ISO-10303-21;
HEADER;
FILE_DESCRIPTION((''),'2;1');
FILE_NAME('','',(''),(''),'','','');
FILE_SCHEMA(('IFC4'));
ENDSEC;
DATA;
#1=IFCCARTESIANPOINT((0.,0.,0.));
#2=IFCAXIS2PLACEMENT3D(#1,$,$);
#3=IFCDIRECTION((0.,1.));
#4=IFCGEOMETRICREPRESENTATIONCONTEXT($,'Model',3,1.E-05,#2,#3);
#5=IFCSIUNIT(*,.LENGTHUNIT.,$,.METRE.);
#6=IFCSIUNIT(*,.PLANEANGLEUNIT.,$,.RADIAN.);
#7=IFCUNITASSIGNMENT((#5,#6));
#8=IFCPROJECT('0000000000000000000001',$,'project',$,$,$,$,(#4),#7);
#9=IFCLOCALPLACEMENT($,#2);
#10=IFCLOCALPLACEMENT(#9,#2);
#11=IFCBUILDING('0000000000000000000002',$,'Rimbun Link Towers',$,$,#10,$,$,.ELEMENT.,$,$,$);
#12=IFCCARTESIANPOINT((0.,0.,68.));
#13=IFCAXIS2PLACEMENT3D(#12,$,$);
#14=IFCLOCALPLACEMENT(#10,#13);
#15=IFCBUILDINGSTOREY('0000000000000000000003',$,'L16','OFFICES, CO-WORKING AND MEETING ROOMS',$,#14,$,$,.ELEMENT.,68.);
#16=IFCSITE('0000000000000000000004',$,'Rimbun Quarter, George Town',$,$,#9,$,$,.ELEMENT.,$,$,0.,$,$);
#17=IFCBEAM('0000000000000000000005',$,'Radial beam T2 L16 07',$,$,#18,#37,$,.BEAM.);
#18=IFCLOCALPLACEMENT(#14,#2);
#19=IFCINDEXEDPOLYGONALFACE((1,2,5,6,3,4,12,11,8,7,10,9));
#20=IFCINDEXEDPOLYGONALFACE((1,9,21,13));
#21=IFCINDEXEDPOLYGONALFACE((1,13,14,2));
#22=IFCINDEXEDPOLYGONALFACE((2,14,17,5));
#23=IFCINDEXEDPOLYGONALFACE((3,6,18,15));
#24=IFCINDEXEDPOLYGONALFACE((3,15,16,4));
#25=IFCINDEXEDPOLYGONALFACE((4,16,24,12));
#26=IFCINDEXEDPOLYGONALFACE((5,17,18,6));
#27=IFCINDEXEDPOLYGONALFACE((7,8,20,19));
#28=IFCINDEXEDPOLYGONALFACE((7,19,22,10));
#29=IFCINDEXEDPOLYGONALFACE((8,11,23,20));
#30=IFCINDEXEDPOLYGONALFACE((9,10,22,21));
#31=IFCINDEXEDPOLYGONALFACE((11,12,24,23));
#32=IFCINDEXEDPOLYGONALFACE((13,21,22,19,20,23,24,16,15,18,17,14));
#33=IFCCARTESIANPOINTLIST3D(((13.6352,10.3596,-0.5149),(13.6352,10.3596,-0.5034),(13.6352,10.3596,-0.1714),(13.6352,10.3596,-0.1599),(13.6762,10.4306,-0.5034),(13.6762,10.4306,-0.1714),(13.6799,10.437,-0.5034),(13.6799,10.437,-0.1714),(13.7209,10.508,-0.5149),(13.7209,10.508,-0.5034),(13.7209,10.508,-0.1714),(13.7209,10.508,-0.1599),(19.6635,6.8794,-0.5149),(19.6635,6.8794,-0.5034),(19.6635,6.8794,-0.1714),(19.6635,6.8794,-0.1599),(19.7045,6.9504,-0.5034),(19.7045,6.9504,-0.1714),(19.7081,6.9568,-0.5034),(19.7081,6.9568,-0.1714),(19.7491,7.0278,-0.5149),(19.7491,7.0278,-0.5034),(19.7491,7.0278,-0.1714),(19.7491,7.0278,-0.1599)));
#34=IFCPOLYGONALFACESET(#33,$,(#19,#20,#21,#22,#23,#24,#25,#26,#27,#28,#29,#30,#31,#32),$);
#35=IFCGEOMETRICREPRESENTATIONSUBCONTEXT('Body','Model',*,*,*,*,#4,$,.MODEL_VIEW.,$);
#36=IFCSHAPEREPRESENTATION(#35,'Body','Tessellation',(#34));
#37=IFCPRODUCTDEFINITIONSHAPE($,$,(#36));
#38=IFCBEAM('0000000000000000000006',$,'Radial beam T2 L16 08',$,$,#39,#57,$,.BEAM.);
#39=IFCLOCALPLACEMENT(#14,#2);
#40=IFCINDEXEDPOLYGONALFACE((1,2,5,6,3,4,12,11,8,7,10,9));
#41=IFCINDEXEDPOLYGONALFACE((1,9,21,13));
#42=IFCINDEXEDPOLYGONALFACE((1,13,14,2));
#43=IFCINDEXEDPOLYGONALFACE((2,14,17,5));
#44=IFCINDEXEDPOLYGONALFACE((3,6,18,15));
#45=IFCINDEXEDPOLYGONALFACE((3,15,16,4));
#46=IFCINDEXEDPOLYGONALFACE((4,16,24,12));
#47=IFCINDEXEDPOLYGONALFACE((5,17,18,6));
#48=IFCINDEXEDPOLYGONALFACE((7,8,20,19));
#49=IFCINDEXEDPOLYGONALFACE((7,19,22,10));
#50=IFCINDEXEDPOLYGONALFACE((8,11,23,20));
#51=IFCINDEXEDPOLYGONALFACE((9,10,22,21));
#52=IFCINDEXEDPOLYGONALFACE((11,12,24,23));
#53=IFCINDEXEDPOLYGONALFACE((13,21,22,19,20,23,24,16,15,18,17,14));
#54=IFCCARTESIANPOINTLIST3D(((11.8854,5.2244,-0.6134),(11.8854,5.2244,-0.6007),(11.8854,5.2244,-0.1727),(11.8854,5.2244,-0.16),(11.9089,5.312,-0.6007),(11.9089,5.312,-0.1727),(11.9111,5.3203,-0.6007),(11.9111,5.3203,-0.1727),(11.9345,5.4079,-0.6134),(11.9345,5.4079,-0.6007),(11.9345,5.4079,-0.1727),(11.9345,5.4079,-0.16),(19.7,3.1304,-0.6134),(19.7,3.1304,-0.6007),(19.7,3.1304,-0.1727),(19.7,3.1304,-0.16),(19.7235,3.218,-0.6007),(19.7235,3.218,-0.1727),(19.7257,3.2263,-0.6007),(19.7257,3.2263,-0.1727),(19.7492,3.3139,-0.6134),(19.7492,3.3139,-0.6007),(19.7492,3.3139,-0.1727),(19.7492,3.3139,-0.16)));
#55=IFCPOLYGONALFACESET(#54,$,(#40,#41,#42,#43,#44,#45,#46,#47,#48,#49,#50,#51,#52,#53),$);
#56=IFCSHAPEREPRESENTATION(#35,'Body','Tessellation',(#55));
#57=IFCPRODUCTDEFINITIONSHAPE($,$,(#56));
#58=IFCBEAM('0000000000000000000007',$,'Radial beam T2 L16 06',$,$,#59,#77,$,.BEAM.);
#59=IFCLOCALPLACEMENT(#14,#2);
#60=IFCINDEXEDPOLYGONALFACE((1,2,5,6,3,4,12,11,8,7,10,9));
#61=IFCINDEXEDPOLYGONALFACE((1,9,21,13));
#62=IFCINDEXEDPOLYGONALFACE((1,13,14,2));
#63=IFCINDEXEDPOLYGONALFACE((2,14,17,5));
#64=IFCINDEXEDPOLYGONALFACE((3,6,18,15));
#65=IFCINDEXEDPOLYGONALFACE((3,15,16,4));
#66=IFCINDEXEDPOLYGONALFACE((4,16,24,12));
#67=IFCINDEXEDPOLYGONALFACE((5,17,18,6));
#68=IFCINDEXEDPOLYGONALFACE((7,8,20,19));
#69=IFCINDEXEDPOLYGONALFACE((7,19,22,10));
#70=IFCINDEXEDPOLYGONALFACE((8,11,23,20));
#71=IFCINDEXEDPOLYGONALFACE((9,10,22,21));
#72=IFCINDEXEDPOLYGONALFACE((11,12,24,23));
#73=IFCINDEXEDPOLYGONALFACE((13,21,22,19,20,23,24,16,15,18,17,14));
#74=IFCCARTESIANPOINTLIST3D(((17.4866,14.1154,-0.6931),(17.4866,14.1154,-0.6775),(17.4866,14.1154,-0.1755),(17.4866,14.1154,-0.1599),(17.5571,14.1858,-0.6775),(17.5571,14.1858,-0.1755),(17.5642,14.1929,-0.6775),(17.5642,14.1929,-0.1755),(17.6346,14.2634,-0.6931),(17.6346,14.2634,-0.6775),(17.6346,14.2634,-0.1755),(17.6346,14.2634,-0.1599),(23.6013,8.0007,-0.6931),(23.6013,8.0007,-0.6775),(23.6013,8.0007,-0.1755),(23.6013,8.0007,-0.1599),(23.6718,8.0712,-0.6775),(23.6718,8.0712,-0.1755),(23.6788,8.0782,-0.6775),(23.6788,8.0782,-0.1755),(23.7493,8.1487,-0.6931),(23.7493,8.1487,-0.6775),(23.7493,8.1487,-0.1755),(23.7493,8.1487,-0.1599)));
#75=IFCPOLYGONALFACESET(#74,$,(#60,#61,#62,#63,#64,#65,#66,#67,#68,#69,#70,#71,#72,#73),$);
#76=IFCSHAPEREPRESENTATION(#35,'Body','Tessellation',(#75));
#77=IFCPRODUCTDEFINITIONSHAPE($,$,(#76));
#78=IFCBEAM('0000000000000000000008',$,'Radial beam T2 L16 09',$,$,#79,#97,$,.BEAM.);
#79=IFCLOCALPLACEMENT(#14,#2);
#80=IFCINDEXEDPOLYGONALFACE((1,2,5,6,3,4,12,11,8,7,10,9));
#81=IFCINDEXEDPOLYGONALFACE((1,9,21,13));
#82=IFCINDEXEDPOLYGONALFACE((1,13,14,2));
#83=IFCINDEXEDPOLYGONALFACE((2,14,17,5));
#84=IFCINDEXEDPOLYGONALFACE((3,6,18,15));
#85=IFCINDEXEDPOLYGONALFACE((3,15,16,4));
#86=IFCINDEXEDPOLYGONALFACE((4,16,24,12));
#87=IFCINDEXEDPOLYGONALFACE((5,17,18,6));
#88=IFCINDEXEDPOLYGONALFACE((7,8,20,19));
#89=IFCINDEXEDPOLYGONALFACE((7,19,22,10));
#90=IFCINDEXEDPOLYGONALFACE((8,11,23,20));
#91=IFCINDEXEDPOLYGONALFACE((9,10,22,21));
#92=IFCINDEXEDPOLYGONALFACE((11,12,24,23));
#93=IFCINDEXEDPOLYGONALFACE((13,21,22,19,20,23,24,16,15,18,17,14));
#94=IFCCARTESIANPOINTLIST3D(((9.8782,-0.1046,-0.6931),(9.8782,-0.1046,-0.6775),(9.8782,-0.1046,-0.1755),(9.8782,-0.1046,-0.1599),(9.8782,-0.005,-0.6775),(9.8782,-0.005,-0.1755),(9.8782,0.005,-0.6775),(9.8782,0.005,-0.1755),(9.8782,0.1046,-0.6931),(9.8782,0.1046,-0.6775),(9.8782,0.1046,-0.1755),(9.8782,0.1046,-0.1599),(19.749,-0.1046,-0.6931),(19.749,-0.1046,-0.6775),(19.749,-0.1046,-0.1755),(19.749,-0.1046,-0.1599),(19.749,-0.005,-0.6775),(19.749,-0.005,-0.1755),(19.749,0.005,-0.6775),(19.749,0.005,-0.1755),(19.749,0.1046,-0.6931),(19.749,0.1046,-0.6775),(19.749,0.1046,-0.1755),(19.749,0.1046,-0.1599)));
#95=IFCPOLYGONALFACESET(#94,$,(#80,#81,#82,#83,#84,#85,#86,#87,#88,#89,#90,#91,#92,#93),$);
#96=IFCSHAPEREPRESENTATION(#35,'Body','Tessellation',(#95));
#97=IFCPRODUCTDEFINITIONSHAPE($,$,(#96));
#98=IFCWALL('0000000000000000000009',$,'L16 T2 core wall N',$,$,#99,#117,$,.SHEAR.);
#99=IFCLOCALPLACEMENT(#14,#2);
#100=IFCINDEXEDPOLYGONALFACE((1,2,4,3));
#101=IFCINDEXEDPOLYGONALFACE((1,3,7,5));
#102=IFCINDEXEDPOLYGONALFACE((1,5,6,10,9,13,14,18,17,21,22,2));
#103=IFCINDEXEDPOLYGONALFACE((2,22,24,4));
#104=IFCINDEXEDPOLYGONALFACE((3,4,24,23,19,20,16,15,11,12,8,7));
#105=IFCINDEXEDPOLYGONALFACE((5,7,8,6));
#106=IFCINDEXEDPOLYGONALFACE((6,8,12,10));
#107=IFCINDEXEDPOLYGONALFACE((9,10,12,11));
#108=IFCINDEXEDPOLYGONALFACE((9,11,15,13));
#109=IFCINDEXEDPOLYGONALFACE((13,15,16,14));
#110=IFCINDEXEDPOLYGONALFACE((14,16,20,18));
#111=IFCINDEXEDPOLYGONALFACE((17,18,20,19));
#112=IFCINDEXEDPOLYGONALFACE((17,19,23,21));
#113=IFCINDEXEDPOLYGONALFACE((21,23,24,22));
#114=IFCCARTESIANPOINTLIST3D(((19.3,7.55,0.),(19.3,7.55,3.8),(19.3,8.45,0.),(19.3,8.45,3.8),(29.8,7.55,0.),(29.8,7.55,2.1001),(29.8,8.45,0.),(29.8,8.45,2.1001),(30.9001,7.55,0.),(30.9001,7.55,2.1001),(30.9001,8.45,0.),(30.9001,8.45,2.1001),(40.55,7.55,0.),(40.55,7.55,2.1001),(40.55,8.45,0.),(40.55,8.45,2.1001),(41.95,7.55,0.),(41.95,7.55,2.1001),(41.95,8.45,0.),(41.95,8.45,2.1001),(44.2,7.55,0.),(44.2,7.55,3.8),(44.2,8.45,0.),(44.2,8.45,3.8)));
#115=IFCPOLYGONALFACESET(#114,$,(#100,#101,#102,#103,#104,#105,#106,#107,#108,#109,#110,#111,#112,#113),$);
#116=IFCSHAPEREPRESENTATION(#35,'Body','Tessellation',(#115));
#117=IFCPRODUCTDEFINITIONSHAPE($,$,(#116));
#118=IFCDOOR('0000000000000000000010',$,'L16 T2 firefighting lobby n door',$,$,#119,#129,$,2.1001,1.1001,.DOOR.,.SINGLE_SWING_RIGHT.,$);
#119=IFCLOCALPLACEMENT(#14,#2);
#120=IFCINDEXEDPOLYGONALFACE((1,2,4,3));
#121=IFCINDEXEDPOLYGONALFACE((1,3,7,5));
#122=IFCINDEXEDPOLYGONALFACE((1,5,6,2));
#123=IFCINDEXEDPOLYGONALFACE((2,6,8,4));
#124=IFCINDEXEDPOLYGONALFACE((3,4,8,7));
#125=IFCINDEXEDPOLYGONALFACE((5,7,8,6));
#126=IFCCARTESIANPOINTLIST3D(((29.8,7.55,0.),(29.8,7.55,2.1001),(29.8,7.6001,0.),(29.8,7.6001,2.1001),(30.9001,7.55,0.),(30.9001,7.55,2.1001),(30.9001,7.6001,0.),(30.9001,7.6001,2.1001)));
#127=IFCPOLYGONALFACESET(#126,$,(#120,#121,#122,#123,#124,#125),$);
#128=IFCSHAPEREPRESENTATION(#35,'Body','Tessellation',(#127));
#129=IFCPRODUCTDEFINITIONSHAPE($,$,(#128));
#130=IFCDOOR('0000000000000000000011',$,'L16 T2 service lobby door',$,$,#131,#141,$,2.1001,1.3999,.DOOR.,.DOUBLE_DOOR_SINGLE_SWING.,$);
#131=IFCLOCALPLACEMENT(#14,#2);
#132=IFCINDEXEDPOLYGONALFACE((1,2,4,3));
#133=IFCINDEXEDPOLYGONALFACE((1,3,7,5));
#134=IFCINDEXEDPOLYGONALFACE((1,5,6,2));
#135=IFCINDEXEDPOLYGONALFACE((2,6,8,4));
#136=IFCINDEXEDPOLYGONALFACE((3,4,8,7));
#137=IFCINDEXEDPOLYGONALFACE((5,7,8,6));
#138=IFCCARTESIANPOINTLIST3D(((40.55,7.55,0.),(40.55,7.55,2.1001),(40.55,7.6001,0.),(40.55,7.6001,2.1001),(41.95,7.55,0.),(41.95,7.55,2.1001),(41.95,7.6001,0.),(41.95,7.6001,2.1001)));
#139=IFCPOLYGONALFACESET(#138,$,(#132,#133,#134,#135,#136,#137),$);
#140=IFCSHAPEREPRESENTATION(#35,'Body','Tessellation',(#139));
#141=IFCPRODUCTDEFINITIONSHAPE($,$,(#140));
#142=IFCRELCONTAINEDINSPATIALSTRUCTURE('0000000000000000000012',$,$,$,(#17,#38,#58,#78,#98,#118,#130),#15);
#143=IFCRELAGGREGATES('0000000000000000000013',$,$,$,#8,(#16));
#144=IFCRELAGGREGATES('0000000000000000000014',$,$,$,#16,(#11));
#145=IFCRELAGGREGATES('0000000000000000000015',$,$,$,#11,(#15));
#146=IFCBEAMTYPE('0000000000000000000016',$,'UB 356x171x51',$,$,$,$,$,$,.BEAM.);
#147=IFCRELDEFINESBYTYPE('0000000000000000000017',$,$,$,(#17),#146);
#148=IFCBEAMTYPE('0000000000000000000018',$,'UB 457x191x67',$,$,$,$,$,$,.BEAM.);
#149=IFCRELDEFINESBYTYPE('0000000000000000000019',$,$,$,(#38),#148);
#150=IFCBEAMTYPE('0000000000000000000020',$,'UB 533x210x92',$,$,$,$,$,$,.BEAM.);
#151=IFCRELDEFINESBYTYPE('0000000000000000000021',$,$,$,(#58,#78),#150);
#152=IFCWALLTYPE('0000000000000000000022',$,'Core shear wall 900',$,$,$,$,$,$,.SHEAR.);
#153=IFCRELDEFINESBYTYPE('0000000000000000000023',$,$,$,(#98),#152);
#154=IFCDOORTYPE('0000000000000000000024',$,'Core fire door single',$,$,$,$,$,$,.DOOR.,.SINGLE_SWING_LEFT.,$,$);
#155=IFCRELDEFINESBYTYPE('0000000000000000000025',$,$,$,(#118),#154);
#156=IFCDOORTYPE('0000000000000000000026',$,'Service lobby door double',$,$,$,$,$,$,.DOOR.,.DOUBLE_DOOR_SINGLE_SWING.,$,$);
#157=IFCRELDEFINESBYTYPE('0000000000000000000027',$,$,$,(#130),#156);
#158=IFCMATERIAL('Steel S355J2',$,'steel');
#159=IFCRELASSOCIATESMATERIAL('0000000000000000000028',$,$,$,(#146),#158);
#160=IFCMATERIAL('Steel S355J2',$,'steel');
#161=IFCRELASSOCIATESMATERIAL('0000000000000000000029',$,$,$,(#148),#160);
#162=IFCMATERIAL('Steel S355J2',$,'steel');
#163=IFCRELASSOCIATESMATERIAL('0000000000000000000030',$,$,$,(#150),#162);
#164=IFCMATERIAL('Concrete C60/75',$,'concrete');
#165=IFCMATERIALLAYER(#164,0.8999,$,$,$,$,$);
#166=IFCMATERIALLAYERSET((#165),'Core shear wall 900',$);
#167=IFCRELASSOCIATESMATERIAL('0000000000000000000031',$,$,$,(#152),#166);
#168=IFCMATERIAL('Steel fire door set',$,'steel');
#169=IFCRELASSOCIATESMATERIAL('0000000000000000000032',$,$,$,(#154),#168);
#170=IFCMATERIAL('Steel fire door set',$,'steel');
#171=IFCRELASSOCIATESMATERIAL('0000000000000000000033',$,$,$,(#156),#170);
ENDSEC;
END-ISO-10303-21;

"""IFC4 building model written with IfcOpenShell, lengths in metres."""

from ifc_helpers import new_model, si_unit, direction, frame, frame_2d, origin, origin_2d, place, context, subcontext, project, spatial, rectangle, i_section, extrude, material, layer, layer_set, material_profile, profile_set, type_object, element, fill, save


model = new_model("IFC4")

# Units and contexts
model_context = context("Model", 3, precision=1e-05, world=origin(), true_north=direction((0.0, 1.0)))
body_context = subcontext(model_context, "Body", "Model", "MODEL_VIEW")
ifc_project = project(units=[si_unit("LENGTHUNIT", "METRE"), si_unit("PLANEANGLEUNIT", "RADIAN")], contexts=[model_context])

# Site, building, storey
site_placement = place(None, origin())
site = spatial("IfcSite", under=ifc_project, at=site_placement, Name="Rimbun Quarter, George Town", CompositionType="ELEMENT", RefElevation=0.0)
building_placement = place(site_placement, origin())
building = spatial("IfcBuilding", under=site, at=building_placement, Name="Rimbun Link Towers", CompositionType="ELEMENT")
storey_placement = place(building_placement, frame((0.0, 0.0, 68.0)))
storey = spatial("IfcBuildingStorey", under=building, at=storey_placement, Name="L16", Description="OFFICES, CO-WORKING AND MEETING ROOMS", CompositionType="ELEMENT", Elevation=68.0)

# Beams
ifc_material_1 = material(Name="Steel S355J2", Category="steel")
ifc_material_profile_1 = material_profile(ifc_material_1, i_section(OverallWidth=0.1714, OverallDepth=0.355, WebThickness=0.0073, FlangeThickness=0.0115, at=origin_2d()), Name="UB 356x171x51")
ifc_profile_set_1 = profile_set([ifc_material_profile_1], Name="Steel S355J2")
beam_type_1 = type_object("IfcBeamType", Name="UB 356x171x51", PredefinedType="BEAM", material=ifc_profile_set_1)
beam_1_placement = place(storey_placement, frame((19.7063, 6.9536, -0.3374), z_axis=(-0.86604, 0.499975, 0.0), x_axis=(-0.499975, -0.86604, 0.0)))
element("IfcBeam", 1, at=beam_1_placement, inside=storey, type_object=beam_type_1, Name="Radial beam T2 L16 07", PredefinedType="BEAM", context=body_context, shape_type="SweptSolid", body=[
    extrude(i_section(OverallWidth=0.1714, OverallDepth=0.355, WebThickness=0.0073, FlangeThickness=0.0115, at=origin_2d()), origin(), (0.0, 0.0, 1.0), 6.9607),
])
ifc_material_2 = material(Name="Steel S355J2", Category="steel")
ifc_material_profile_2 = material_profile(ifc_material_2, i_section(OverallWidth=0.1899, OverallDepth=0.4534, WebThickness=0.0085, FlangeThickness=0.0127, at=origin_2d()), Name="UB 457x191x67")
ifc_profile_set_2 = profile_set([ifc_material_profile_2], Name="Steel S355J2")
beam_type_2 = type_object("IfcBeamType", Name="UB 457x191x67", PredefinedType="BEAM", material=ifc_profile_set_2)
beam_2_placement = place(storey_placement, frame((19.7246, 3.2222, -0.3867), z_axis=(-0.965924, 0.258825, 0.0), x_axis=(-0.258825, -0.965924, 0.0)))
element("IfcBeam", 2, at=beam_2_placement, inside=storey, type_object=beam_type_2, Name="Radial beam T2 L16 08", PredefinedType="BEAM", context=body_context, shape_type="SweptSolid", body=[
    extrude(i_section(OverallWidth=0.1899, OverallDepth=0.4534, WebThickness=0.0085, FlangeThickness=0.0127, at=origin_2d()), origin(), (0.0, 0.0, 1.0), 8.0903),
])
ifc_material_3 = material(Name="Steel S355J2", Category="steel")
ifc_material_profile_3 = material_profile(ifc_material_3, i_section(OverallWidth=0.2092, OverallDepth=0.5332, WebThickness=0.01, FlangeThickness=0.0156, at=origin_2d()), Name="UB 533x210x92")
ifc_profile_set_3 = profile_set([ifc_material_profile_3], Name="Steel S355J2")
beam_type_3 = type_object("IfcBeamType", Name="UB 533x210x92", PredefinedType="BEAM", material=ifc_profile_set_3)
beam_3_placement = place(storey_placement, frame((23.6753, 8.0747, -0.4265), z_axis=(-0.707107, 0.707107, 0.0), x_axis=(-0.707107, -0.707107, 0.0)))
element("IfcBeam", 3, at=beam_3_placement, inside=storey, type_object=beam_type_3, Name="Radial beam T2 L16 06", PredefinedType="BEAM", context=body_context, shape_type="SweptSolid", body=[
    extrude(i_section(OverallWidth=0.2092, OverallDepth=0.5332, WebThickness=0.01, FlangeThickness=0.0156, at=origin_2d()), origin(), (0.0, 0.0, 1.0), 8.6475),
])
beam_4_placement = place(storey_placement, frame((19.749, 0.0, -0.4265), z_axis=(-1.0, 0.0, 0.0), x_axis=(0.0, -1.0, 0.0)))
element("IfcBeam", 4, at=beam_4_placement, inside=storey, type_object=beam_type_3, Name="Radial beam T2 L16 09", PredefinedType="BEAM", context=body_context, shape_type="SweptSolid", body=[
    extrude(i_section(OverallWidth=0.2092, OverallDepth=0.5332, WebThickness=0.01, FlangeThickness=0.0156, at=origin_2d()), origin(), (0.0, 0.0, 1.0), 9.8708),
])

# Wall, openings, doors
ifc_material_4 = material(Name="Concrete C60/75", Category="concrete")
ifc_layer_1 = layer(ifc_material_4, 0.8999)
ifc_layer_set_1 = layer_set([ifc_layer_1], Name="Core shear wall 900")
wall_type_1 = type_object("IfcWallType", Name="Core shear wall 900", PredefinedType="SHEAR", material=ifc_layer_set_1)
wall_1_placement = place(storey_placement, frame((19.3, 8.0, 0.0), z_axis=(0.0, 0.0, 1.0), x_axis=(1.0, 0.0, 0.0)))
wall_1 = element("IfcWall", 5, at=wall_1_placement, inside=storey, type_object=wall_type_1, Name="L16 T2 core wall N", PredefinedType="SHEAR", context=body_context, shape_type="SweptSolid", body=[
    extrude(rectangle(XDim=24.8999, YDim=0.8999, at=frame_2d((12.45, 0.0))), origin(), (0.0, 0.0, 1.0), 3.8),
])
opening_1_placement = place(wall_1_placement, frame((10.5, 0.0, 0.0)))
opening_1 = element("IfcOpeningElement", 6, at=opening_1_placement, cuts=wall_1, PredefinedType="OPENING", context=body_context, shape_type="SweptSolid", body=[
    extrude(rectangle(XDim=1.1001, YDim=2.1001, at=frame_2d((0.55, 1.05))), frame((0.0, 0.46, 0.0), z_axis=(0.0, -1.0, 0.0), x_axis=(1.0, 0.0, 0.0)), (0.0, 0.0, 1.0), 0.9199),
])
opening_2_placement = place(wall_1_placement, frame((21.25, 0.0, 0.0)))
opening_2 = element("IfcOpeningElement", 7, at=opening_2_placement, cuts=wall_1, PredefinedType="OPENING", context=body_context, shape_type="SweptSolid", body=[
    extrude(rectangle(XDim=1.3999, YDim=2.1001, at=frame_2d((0.7, 1.05))), frame((0.0, 0.46, 0.0), z_axis=(0.0, -1.0, 0.0), x_axis=(1.0, 0.0, 0.0)), (0.0, 0.0, 1.0), 0.9199),
])
ifc_material_5 = material(Name="Steel fire door set", Category="steel")
door_type_1 = type_object("IfcDoorType", Name="Core fire door single", OperationType="SINGLE_SWING_LEFT", PredefinedType="DOOR", material=ifc_material_5)
door_1_placement = place(opening_1_placement, origin())
door_1 = element("IfcDoor", 8, at=door_1_placement, inside=storey, type_object=door_type_1, Name="L16 T2 firefighting lobby n door", OperationType="SINGLE_SWING_RIGHT", OverallHeight=2.1001, OverallWidth=1.1001, PredefinedType="DOOR", context=body_context, shape_type="SweptSolid", body=[
    extrude(rectangle(XDim=1.1001, YDim=2.1001, at=frame_2d((0.55, 1.05))), frame((0.0, -0.3999, 0.0), z_axis=(0.0, -1.0, 0.0), x_axis=(1.0, 0.0, 0.0)), (0.0, 0.0, 1.0), 0.05),
])
fill(opening_1, door_1)
ifc_material_6 = material(Name="Steel fire door set", Category="steel")
door_type_2 = type_object("IfcDoorType", Name="Service lobby door double", OperationType="DOUBLE_DOOR_SINGLE_SWING", PredefinedType="DOOR", material=ifc_material_6)
door_2_placement = place(opening_2_placement, origin())
door_2 = element("IfcDoor", 9, at=door_2_placement, inside=storey, type_object=door_type_2, Name="L16 T2 service lobby door", OperationType="DOUBLE_DOOR_SINGLE_SWING", OverallHeight=2.1001, OverallWidth=1.3999, PredefinedType="DOOR", context=body_context, shape_type="SweptSolid", body=[
    extrude(rectangle(XDim=1.3999, YDim=2.1001, at=frame_2d((0.7, 1.05))), frame((0.0, -0.3999, 0.0), z_axis=(0.0, -1.0, 0.0), x_axis=(1.0, 0.0, 0.0)), (0.0, 0.0, 1.0), 0.05),
])
fill(opening_2, door_2)

save(model, "model.ifc")
